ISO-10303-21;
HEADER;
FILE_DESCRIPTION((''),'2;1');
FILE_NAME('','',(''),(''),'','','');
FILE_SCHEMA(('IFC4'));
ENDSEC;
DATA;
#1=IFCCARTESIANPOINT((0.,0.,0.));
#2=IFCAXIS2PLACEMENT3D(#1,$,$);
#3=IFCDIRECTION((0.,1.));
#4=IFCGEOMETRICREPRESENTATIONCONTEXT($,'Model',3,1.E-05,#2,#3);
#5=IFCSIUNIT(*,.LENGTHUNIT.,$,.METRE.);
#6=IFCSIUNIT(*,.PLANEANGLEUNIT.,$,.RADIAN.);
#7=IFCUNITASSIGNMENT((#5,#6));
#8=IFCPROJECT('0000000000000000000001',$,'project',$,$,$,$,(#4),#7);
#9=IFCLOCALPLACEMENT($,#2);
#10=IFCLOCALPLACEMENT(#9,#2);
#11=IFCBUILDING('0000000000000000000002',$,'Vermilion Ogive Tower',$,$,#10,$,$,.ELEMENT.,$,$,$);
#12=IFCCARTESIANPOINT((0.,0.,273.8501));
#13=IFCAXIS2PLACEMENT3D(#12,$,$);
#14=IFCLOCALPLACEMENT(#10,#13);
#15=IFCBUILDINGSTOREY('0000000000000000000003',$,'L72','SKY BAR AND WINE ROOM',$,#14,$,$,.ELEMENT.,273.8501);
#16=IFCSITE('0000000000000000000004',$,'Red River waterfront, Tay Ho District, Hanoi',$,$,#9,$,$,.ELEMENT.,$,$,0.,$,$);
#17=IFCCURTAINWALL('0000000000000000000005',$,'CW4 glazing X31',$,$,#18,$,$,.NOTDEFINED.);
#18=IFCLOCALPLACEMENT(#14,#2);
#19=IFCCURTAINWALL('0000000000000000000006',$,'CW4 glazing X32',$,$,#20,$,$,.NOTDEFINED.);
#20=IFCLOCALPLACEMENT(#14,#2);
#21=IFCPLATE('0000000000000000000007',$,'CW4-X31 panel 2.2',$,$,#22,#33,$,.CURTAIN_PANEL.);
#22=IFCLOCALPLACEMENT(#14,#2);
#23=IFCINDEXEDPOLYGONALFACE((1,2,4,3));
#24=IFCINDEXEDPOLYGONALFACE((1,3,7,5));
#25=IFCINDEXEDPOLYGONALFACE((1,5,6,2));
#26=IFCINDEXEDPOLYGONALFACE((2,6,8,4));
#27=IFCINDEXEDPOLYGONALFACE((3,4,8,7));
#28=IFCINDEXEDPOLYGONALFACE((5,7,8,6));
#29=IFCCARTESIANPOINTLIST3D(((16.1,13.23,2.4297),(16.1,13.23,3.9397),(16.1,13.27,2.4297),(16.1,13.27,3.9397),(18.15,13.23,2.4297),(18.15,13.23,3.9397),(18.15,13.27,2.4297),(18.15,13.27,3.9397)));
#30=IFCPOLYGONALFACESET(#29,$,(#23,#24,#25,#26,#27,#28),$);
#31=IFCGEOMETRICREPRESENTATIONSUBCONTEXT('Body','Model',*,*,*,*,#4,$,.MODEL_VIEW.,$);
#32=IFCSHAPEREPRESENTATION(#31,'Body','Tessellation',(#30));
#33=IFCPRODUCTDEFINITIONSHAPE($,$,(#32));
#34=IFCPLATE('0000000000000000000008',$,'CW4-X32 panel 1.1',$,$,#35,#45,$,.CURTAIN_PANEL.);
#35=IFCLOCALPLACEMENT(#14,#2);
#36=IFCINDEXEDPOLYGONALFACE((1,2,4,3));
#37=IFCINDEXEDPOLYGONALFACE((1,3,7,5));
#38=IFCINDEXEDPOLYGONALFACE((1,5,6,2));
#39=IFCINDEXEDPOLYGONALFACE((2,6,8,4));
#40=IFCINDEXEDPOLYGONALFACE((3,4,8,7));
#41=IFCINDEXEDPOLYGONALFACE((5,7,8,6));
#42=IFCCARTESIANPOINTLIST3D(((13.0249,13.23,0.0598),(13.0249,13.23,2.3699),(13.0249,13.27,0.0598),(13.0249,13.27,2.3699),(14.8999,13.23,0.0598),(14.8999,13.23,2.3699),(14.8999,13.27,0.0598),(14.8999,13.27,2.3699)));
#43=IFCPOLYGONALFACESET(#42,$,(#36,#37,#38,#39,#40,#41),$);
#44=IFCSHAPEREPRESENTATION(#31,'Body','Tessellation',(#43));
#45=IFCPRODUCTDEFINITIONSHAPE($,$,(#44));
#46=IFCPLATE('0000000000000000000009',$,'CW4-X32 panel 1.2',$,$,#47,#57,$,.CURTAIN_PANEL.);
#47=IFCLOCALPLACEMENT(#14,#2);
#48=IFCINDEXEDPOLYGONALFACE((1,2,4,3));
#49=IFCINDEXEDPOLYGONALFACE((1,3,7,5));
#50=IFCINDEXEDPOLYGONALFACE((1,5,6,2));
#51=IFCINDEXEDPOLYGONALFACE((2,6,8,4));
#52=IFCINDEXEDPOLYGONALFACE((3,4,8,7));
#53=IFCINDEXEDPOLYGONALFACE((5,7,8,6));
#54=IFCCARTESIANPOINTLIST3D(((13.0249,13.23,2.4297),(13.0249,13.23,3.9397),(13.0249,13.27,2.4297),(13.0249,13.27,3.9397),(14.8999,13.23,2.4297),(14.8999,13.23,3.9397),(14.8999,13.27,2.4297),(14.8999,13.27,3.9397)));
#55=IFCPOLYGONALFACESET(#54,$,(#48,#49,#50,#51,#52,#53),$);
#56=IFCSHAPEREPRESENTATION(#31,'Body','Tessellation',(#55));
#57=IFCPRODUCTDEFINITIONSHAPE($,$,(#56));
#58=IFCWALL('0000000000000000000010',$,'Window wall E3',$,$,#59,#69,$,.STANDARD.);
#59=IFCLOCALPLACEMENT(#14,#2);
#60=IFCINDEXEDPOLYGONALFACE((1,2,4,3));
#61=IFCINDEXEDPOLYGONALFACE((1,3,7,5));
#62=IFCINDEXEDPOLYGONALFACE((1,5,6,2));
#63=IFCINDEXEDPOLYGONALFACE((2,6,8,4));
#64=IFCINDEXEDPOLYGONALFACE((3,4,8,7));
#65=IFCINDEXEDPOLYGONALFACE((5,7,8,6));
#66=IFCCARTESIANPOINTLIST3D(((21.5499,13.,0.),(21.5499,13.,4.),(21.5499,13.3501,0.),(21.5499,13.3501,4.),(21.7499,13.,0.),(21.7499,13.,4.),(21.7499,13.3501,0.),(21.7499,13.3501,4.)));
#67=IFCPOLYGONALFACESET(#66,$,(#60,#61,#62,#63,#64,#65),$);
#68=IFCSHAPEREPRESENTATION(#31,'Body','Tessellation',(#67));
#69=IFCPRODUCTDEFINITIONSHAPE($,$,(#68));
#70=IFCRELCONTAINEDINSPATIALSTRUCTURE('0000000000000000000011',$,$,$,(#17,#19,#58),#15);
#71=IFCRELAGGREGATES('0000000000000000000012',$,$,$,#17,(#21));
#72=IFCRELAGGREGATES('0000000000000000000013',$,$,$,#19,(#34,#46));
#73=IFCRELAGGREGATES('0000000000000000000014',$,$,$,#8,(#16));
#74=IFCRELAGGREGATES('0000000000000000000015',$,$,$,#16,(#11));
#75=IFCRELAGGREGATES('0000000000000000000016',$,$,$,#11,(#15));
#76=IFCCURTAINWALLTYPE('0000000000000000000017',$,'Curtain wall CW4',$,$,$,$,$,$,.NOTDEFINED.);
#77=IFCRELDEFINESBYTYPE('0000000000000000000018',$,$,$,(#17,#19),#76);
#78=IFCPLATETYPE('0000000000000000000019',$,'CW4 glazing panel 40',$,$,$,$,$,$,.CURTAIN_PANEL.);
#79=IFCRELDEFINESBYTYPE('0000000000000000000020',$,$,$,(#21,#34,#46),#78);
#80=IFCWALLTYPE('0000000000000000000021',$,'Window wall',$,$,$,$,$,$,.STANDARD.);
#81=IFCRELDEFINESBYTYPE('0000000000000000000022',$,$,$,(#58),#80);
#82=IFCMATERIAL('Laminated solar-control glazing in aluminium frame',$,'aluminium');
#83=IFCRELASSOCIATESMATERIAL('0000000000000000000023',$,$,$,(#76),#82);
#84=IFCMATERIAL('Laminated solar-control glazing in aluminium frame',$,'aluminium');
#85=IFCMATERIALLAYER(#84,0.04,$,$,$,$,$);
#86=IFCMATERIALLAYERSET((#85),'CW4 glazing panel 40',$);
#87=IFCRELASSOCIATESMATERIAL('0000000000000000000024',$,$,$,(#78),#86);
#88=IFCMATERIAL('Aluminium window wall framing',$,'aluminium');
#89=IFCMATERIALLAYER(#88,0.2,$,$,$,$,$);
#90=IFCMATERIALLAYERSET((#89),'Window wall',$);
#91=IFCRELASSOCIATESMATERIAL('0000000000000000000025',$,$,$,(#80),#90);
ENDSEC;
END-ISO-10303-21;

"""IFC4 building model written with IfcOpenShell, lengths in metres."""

from ifc_helpers import new_model, si_unit, direction, frame, frame_2d, origin, origin_2d, place, context, subcontext, project, spatial, rectangle, extrude, material, layer, layer_set, type_object, element, aggregate, save


model = new_model("IFC4")

# Units and contexts
model_context = context("Model", 3, precision=1e-05, world=origin(), true_north=direction((0.0, 1.0)))
body_context = subcontext(model_context, "Body", "Model", "MODEL_VIEW")
ifc_project = project(units=[si_unit("LENGTHUNIT", "METRE"), si_unit("PLANEANGLEUNIT", "RADIAN")], contexts=[model_context])

# Site, building, storey
site_placement = place(None, origin())
site = spatial("IfcSite", under=ifc_project, at=site_placement, Name="Red River waterfront, Tay Ho District, Hanoi", CompositionType="ELEMENT", RefElevation=0.0)
building_placement = place(site_placement, origin())
building = spatial("IfcBuilding", under=site, at=building_placement, Name="Vermilion Ogive Tower", CompositionType="ELEMENT")
storey_placement = place(building_placement, frame((0.0, 0.0, 273.8501)))
storey = spatial("IfcBuildingStorey", under=building, at=storey_placement, Name="L72", Description="SKY BAR AND WINE ROOM", CompositionType="ELEMENT", Elevation=273.8501)

# Shared definitions
ifc_material_1 = material(Name="Laminated solar-control glazing in aluminium frame", Category="aluminium")
curtain_wall_type = type_object("IfcCurtainWallType", Name="Curtain wall CW4", PredefinedType="NOTDEFINED", material=ifc_material_1)

# Curtain walls
curtain_wall_1_placement = place(storey_placement, origin())
curtain_wall_1 = element("IfcCurtainWall", 1, at=curtain_wall_1_placement, inside=storey, type_object=curtain_wall_type, Name="CW4 glazing X31", PredefinedType="NOTDEFINED")
curtain_wall_2_placement = place(storey_placement, origin())
curtain_wall_2 = element("IfcCurtainWall", 2, at=curtain_wall_2_placement, inside=storey, type_object=curtain_wall_type, Name="CW4 glazing X32", PredefinedType="NOTDEFINED")

# Plates
ifc_material_2 = material(Name="Laminated solar-control glazing in aluminium frame", Category="aluminium")
ifc_layer_1 = layer(ifc_material_2, 0.04)
ifc_layer_set_1 = layer_set([ifc_layer_1], Name="CW4 glazing panel 40")
plate_type = type_object("IfcPlateType", Name="CW4 glazing panel 40", PredefinedType="CURTAIN_PANEL", material=ifc_layer_set_1)
plate_1_placement = place(storey_placement, frame((17.125, 13.25, 2.4297), z_axis=(0.0, 0.0, 1.0), x_axis=(-1.0, 0.0, 0.0)))
plate_1 = element("IfcPlate", 3, at=plate_1_placement, type_object=plate_type, Name="CW4-X31 panel 2.2", PredefinedType="CURTAIN_PANEL", context=body_context, shape_type="SweptSolid", body=[
    extrude(rectangle(XDim=2.05, YDim=0.04, at=origin_2d()), origin(), (0.0, 0.0, 1.0), 1.51),
])
aggregate(curtain_wall_1, [plate_1])
plate_2_placement = place(storey_placement, frame((13.9624, 13.25, 0.0598), z_axis=(0.0, 0.0, 1.0), x_axis=(-1.0, 0.0, 0.0)))
plate_2 = element("IfcPlate", 4, at=plate_2_placement, type_object=plate_type, Name="CW4-X32 panel 1.1", PredefinedType="CURTAIN_PANEL", context=body_context, shape_type="SweptSolid", body=[
    extrude(rectangle(XDim=1.875, YDim=0.04, at=origin_2d()), origin(), (0.0, 0.0, 1.0), 2.3101),
])
plate_3_placement = place(storey_placement, frame((13.9624, 13.25, 2.4297), z_axis=(0.0, 0.0, 1.0), x_axis=(-1.0, 0.0, 0.0)))
plate_3 = element("IfcPlate", 5, at=plate_3_placement, type_object=plate_type, Name="CW4-X32 panel 1.2", PredefinedType="CURTAIN_PANEL", context=body_context, shape_type="SweptSolid", body=[
    extrude(rectangle(XDim=1.875, YDim=0.04, at=origin_2d()), origin(), (0.0, 0.0, 1.0), 1.51),
])
aggregate(curtain_wall_2, [plate_2, plate_3])

# Wall
ifc_material_3 = material(Name="Aluminium window wall framing", Category="aluminium")
ifc_layer_2 = layer(ifc_material_3, 0.2)
ifc_layer_set_2 = layer_set([ifc_layer_2], Name="Window wall")
wall_type = type_object("IfcWallType", Name="Window wall", PredefinedType="STANDARD", material=ifc_layer_set_2)
wall_placement = place(storey_placement, frame((21.6499, 13.0, 0.0), z_axis=(0.0, 0.0, 1.0), x_axis=(0.0, 1.0, 0.0)))
element("IfcWall", 6, at=wall_placement, inside=storey, type_object=wall_type, Name="Window wall E3", PredefinedType="STANDARD", context=body_context, shape_type="SweptSolid", body=[
    extrude(rectangle(XDim=0.3501, YDim=0.2, at=frame_2d((0.175, 0.0))), origin(), (0.0, 0.0, 1.0), 4.0),
])

save(model, "model.ifc")
